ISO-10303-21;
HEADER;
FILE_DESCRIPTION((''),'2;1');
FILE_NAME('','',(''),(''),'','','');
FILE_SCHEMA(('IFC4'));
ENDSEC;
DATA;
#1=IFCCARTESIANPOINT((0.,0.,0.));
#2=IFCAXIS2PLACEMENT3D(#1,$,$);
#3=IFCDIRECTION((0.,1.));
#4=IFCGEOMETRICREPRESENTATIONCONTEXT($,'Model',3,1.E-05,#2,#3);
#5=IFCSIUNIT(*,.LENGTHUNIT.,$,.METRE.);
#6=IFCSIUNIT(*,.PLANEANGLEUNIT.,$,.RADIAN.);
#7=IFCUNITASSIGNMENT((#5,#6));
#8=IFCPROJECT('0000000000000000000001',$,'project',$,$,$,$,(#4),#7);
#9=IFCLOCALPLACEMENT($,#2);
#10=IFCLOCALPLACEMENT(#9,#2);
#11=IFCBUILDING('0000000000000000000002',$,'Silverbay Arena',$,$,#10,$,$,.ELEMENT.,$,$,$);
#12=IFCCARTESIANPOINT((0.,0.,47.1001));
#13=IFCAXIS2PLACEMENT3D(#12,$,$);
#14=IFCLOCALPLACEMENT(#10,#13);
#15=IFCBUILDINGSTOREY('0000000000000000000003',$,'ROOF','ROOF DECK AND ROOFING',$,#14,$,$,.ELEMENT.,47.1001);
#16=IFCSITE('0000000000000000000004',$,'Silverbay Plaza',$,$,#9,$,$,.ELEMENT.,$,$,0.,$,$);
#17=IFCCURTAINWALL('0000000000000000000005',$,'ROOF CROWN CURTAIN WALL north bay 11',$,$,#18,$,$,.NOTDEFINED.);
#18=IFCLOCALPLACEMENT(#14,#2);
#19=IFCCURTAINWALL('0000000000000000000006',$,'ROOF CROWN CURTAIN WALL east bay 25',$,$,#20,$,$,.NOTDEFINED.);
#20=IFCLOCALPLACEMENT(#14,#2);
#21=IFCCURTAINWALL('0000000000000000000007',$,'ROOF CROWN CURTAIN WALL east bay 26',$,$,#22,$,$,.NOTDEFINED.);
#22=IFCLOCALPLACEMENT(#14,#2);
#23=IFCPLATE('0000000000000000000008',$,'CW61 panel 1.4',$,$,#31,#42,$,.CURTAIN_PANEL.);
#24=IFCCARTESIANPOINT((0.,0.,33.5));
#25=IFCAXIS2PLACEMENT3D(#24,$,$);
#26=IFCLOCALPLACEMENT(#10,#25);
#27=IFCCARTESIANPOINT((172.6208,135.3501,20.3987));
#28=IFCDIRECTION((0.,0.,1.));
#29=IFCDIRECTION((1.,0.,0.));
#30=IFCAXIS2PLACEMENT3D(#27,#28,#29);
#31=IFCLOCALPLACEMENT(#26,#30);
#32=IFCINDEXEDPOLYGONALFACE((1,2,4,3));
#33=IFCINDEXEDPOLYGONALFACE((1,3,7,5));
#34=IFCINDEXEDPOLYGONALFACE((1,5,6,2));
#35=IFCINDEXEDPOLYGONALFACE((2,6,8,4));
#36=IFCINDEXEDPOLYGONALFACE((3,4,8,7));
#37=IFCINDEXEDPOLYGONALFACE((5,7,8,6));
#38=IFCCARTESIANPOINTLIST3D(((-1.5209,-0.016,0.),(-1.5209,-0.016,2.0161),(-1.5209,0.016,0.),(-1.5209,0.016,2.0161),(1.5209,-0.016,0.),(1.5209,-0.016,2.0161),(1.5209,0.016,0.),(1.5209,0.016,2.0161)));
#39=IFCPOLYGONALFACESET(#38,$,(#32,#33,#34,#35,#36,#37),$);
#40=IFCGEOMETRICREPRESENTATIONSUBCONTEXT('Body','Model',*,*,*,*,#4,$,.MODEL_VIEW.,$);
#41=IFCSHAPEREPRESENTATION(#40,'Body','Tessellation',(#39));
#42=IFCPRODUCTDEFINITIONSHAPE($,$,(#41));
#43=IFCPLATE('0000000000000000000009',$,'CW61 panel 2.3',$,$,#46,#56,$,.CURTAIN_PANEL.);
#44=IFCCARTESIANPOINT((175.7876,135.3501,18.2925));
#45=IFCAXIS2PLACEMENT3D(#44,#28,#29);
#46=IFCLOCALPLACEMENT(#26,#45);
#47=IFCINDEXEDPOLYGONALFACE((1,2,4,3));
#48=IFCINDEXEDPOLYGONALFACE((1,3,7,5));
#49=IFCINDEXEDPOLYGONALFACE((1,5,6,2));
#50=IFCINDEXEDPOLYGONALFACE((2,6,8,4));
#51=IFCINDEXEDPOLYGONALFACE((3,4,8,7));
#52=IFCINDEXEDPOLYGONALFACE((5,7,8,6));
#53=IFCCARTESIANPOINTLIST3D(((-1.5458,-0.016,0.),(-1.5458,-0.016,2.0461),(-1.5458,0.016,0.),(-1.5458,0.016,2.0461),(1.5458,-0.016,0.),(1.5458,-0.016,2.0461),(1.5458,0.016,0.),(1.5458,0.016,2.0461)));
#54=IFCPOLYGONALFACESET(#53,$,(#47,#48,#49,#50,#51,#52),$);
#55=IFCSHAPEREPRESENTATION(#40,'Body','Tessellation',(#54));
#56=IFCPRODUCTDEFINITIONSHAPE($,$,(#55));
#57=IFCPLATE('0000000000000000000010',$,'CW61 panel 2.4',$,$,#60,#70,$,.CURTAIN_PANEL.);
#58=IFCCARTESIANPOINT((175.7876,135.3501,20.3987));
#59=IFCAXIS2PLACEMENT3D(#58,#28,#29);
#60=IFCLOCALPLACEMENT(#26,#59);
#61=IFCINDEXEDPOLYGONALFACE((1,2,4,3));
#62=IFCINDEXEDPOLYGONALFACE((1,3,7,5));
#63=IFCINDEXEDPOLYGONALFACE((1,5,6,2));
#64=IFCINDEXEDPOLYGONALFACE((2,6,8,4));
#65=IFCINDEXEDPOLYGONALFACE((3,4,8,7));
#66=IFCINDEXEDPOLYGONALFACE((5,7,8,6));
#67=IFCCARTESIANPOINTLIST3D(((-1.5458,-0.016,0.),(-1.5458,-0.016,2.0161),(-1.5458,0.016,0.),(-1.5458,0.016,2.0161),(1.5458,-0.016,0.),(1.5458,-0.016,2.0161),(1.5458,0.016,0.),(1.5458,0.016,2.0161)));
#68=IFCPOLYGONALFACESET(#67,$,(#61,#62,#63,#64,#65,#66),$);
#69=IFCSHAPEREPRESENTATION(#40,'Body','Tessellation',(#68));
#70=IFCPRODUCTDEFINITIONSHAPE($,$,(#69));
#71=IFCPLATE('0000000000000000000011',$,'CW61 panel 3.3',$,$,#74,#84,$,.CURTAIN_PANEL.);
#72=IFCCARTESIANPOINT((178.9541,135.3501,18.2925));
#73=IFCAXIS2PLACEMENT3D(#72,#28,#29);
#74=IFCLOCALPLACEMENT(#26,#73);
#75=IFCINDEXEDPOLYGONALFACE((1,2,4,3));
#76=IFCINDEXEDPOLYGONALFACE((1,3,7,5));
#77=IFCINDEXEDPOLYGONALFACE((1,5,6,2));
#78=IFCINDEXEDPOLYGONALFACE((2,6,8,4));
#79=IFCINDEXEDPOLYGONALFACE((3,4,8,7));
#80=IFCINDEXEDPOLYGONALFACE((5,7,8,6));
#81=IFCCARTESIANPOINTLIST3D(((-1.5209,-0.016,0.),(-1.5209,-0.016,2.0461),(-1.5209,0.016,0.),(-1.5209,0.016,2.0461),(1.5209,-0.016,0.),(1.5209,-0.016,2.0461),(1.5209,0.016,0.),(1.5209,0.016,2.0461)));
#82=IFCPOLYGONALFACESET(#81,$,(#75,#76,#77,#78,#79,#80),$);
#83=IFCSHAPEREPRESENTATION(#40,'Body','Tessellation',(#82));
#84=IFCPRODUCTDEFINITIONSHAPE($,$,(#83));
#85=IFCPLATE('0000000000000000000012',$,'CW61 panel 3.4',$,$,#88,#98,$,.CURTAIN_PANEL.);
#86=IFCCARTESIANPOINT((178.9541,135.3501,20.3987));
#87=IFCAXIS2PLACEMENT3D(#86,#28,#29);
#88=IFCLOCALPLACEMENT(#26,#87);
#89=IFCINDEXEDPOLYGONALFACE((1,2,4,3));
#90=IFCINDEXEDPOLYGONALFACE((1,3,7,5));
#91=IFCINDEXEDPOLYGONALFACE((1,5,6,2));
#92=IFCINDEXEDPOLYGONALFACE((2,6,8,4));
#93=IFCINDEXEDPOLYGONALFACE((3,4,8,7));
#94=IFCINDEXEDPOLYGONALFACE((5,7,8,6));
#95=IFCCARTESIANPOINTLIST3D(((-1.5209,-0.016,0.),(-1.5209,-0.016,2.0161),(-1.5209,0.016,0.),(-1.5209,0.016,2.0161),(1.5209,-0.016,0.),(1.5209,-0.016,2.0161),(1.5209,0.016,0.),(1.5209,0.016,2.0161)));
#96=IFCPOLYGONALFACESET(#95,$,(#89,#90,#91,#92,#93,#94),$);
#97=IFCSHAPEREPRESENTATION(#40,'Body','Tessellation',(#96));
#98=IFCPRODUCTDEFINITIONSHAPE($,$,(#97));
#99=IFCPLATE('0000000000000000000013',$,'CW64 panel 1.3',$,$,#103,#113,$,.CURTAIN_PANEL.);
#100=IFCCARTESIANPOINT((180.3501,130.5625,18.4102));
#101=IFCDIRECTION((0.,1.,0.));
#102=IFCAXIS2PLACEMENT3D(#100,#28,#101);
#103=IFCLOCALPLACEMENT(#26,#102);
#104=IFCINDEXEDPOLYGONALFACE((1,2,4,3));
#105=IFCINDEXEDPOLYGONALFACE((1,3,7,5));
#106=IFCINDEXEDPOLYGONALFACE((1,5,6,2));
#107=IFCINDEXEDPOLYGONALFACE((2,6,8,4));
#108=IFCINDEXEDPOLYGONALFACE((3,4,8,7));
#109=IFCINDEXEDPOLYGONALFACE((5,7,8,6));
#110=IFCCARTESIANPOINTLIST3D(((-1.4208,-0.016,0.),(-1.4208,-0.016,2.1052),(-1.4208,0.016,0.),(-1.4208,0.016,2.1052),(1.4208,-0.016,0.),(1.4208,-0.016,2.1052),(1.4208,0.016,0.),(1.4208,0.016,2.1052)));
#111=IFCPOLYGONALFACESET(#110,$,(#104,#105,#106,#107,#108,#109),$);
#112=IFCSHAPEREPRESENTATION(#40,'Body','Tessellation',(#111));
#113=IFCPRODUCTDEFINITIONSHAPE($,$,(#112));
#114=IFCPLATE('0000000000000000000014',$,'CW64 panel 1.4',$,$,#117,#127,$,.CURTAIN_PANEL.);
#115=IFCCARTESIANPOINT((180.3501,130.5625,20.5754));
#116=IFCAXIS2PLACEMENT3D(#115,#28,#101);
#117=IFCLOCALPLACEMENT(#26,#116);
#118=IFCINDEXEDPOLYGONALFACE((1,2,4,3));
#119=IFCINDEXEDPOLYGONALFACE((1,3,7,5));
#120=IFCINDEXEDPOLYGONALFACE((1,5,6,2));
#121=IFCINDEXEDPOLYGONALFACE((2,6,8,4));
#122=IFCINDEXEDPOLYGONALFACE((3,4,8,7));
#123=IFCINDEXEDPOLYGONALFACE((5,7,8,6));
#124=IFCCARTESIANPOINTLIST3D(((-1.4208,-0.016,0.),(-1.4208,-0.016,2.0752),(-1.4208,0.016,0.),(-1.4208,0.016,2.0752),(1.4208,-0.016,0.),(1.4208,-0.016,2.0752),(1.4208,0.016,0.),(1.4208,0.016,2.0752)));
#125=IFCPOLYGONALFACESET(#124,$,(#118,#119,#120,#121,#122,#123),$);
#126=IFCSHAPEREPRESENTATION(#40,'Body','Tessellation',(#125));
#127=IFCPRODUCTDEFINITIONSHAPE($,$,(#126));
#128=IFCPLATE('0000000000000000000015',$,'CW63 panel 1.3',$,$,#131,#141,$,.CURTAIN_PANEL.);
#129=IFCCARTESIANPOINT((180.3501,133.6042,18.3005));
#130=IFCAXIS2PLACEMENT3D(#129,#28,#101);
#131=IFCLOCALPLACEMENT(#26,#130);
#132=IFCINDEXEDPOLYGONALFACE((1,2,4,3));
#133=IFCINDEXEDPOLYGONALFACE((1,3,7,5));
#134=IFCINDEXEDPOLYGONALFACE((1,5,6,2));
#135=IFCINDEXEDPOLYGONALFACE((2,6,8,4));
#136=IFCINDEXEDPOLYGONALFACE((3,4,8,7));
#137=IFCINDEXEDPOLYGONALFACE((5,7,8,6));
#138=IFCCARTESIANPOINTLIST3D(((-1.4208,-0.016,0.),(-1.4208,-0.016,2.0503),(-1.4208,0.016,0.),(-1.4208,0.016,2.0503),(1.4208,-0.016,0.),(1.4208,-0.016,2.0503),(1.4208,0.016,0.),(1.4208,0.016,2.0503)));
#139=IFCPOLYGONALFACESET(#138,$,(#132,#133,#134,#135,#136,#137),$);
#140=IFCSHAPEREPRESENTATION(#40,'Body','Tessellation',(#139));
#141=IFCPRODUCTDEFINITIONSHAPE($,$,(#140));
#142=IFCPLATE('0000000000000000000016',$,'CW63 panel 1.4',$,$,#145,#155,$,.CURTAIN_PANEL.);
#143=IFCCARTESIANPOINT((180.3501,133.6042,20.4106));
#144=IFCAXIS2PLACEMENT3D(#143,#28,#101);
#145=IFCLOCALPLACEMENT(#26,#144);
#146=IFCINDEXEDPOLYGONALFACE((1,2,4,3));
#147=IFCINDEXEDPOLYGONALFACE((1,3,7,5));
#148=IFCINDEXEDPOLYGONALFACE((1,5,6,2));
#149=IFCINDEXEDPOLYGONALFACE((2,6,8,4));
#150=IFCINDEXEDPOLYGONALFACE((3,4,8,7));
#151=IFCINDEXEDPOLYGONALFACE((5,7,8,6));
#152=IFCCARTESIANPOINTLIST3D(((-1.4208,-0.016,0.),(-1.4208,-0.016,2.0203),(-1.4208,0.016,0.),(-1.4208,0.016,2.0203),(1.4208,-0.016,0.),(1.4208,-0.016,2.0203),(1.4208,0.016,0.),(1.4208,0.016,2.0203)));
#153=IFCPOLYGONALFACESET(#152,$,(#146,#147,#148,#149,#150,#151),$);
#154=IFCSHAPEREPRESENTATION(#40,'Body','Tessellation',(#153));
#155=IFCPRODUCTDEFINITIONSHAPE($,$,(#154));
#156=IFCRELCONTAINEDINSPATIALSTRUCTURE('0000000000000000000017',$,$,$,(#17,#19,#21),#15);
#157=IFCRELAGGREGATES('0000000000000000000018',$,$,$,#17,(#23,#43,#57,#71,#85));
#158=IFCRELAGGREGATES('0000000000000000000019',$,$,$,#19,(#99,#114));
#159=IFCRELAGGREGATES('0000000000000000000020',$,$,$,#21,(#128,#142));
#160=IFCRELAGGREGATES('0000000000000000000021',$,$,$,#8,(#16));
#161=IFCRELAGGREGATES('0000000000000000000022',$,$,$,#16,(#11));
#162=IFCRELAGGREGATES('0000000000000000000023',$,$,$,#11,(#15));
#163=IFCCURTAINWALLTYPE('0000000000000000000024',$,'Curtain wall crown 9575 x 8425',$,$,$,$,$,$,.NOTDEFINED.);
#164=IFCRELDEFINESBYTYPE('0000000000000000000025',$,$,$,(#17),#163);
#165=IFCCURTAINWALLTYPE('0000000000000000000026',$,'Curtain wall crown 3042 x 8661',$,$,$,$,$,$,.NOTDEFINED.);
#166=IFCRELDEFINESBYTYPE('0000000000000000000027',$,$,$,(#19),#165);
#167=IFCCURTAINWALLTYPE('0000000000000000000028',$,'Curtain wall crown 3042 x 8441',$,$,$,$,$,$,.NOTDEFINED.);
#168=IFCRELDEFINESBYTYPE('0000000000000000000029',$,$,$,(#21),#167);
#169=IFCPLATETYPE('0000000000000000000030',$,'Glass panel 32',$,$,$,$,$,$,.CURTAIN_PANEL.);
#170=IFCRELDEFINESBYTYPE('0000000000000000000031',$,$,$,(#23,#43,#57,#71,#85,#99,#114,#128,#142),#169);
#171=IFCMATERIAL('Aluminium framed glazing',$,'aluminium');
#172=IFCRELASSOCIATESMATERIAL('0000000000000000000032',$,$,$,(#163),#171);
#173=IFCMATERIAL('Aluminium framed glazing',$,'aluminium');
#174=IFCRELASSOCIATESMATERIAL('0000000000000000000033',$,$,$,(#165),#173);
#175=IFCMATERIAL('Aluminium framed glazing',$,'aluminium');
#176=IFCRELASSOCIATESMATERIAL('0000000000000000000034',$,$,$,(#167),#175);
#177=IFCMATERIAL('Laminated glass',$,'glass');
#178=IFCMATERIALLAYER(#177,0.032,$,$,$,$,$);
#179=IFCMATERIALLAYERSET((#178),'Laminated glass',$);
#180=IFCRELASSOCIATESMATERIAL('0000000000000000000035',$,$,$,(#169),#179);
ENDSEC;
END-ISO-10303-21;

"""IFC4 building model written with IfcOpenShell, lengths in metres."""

from ifc_helpers import new_model, si_unit, direction, frame, origin, origin_2d, place, context, subcontext, project, spatial, rectangle, extrude, material, layer, layer_set, type_object, element, aggregate, save


model = new_model("IFC4")

# Units and contexts
model_context = context("Model", 3, precision=1e-05, world=origin(), true_north=direction((0.0, 1.0)))
body_context = subcontext(model_context, "Body", "Model", "MODEL_VIEW")
ifc_project = project(units=[si_unit("LENGTHUNIT", "METRE"), si_unit("PLANEANGLEUNIT", "RADIAN")], contexts=[model_context])

# Site, building, storey
site_placement = place(None, origin())
site = spatial("IfcSite", under=ifc_project, at=site_placement, Name="Silverbay Plaza", CompositionType="ELEMENT", RefElevation=0.0)
building_placement = place(site_placement, origin())
building = spatial("IfcBuilding", under=site, at=building_placement, Name="Silverbay Arena", CompositionType="ELEMENT")
storey_placement = place(building_placement, frame((0.0, 0.0, 47.1001)))
storey = spatial("IfcBuildingStorey", under=building, at=storey_placement, Name="ROOF", Description="ROOF DECK AND ROOFING", CompositionType="ELEMENT", Elevation=47.1001)

# Curtain walls
ifc_material_1 = material(Name="Aluminium framed glazing", Category="aluminium")
curtain_wall_type_1 = type_object("IfcCurtainWallType", Name="Curtain wall crown 9575 x 8425", PredefinedType="NOTDEFINED", material=ifc_material_1)
curtain_wall_1_placement = place(storey_placement, origin())
curtain_wall_1 = element("IfcCurtainWall", 1, at=curtain_wall_1_placement, inside=storey, type_object=curtain_wall_type_1, Name="ROOF CROWN CURTAIN WALL north bay 11", PredefinedType="NOTDEFINED")
placement = place(building_placement, frame((0.0, 0.0, 33.5)))
ifc_material_2 = material(Name="Aluminium framed glazing", Category="aluminium")
curtain_wall_type_2 = type_object("IfcCurtainWallType", Name="Curtain wall crown 3042 x 8661", PredefinedType="NOTDEFINED", material=ifc_material_2)
curtain_wall_2_placement = place(storey_placement, origin())
curtain_wall_2 = element("IfcCurtainWall", 2, at=curtain_wall_2_placement, inside=storey, type_object=curtain_wall_type_2, Name="ROOF CROWN CURTAIN WALL east bay 25", PredefinedType="NOTDEFINED")
ifc_material_3 = material(Name="Aluminium framed glazing", Category="aluminium")
curtain_wall_type_3 = type_object("IfcCurtainWallType", Name="Curtain wall crown 3042 x 8441", PredefinedType="NOTDEFINED", material=ifc_material_3)
curtain_wall_3_placement = place(storey_placement, origin())
curtain_wall_3 = element("IfcCurtainWall", 3, at=curtain_wall_3_placement, inside=storey, type_object=curtain_wall_type_3, Name="ROOF CROWN CURTAIN WALL east bay 26", PredefinedType="NOTDEFINED")

# Plates
ifc_material_4 = material(Name="Laminated glass", Category="glass")
ifc_layer_1 = layer(ifc_material_4, 0.032)
ifc_layer_set_1 = layer_set([ifc_layer_1], Name="Laminated glass")
plate_type = type_object("IfcPlateType", Name="Glass panel 32", PredefinedType="CURTAIN_PANEL", material=ifc_layer_set_1)
plate_1_placement = place(placement, frame((172.6208, 135.3501, 20.3987), z_axis=(0.0, 0.0, 1.0), x_axis=(1.0, 0.0, 0.0)))
plate_1 = element("IfcPlate", 4, at=plate_1_placement, type_object=plate_type, Name="CW61 panel 1.4", PredefinedType="CURTAIN_PANEL", context=body_context, shape_type="SweptSolid", body=[
    extrude(rectangle(XDim=3.0417, YDim=0.032, at=origin_2d()), origin(), (0.0, 0.0, 1.0), 2.0161),
])
plate_2_placement = place(placement, frame((175.7876, 135.3501, 18.2925), z_axis=(0.0, 0.0, 1.0), x_axis=(1.0, 0.0, 0.0)))
plate_2 = element("IfcPlate", 5, at=plate_2_placement, type_object=plate_type, Name="CW61 panel 2.3", PredefinedType="CURTAIN_PANEL", context=body_context, shape_type="SweptSolid", body=[
    extrude(rectangle(XDim=3.0916, YDim=0.032, at=origin_2d()), origin(), (0.0, 0.0, 1.0), 2.0461),
])
plate_3_placement = place(placement, frame((175.7876, 135.3501, 20.3987), z_axis=(0.0, 0.0, 1.0), x_axis=(1.0, 0.0, 0.0)))
plate_3 = element("IfcPlate", 6, at=plate_3_placement, type_object=plate_type, Name="CW61 panel 2.4", PredefinedType="CURTAIN_PANEL", context=body_context, shape_type="SweptSolid", body=[
    extrude(rectangle(XDim=3.0916, YDim=0.032, at=origin_2d()), origin(), (0.0, 0.0, 1.0), 2.0161),
])
plate_4_placement = place(placement, frame((178.9541, 135.3501, 18.2925), z_axis=(0.0, 0.0, 1.0), x_axis=(1.0, 0.0, 0.0)))
plate_4 = element("IfcPlate", 7, at=plate_4_placement, type_object=plate_type, Name="CW61 panel 3.3", PredefinedType="CURTAIN_PANEL", context=body_context, shape_type="SweptSolid", body=[
    extrude(rectangle(XDim=3.0417, YDim=0.032, at=origin_2d()), origin(), (0.0, 0.0, 1.0), 2.0461),
])
plate_5_placement = place(placement, frame((178.9541, 135.3501, 20.3987), z_axis=(0.0, 0.0, 1.0), x_axis=(1.0, 0.0, 0.0)))
plate_5 = element("IfcPlate", 8, at=plate_5_placement, type_object=plate_type, Name="CW61 panel 3.4", PredefinedType="CURTAIN_PANEL", context=body_context, shape_type="SweptSolid", body=[
    extrude(rectangle(XDim=3.0417, YDim=0.032, at=origin_2d()), origin(), (0.0, 0.0, 1.0), 2.0161),
])
aggregate(curtain_wall_1, [plate_1, plate_2, plate_3, plate_4, plate_5])
plate_6_placement = place(placement, frame((180.3501, 130.5625, 18.4102), z_axis=(0.0, 0.0, 1.0), x_axis=(0.0, 1.0, 0.0)))
plate_6 = element("IfcPlate", 9, at=plate_6_placement, type_object=plate_type, Name="CW64 panel 1.3", PredefinedType="CURTAIN_PANEL", context=body_context, shape_type="SweptSolid", body=[
    extrude(rectangle(XDim=2.8416, YDim=0.032, at=origin_2d()), origin(), (0.0, 0.0, 1.0), 2.1052),
])
plate_7_placement = place(placement, frame((180.3501, 130.5625, 20.5754), z_axis=(0.0, 0.0, 1.0), x_axis=(0.0, 1.0, 0.0)))
plate_7 = element("IfcPlate", 10, at=plate_7_placement, type_object=plate_type, Name="CW64 panel 1.4", PredefinedType="CURTAIN_PANEL", context=body_context, shape_type="SweptSolid", body=[
    extrude(rectangle(XDim=2.8416, YDim=0.032, at=origin_2d()), origin(), (0.0, 0.0, 1.0), 2.0752),
])
aggregate(curtain_wall_2, [plate_6, plate_7])
plate_8_placement = place(placement, frame((180.3501, 133.6042, 18.3005), z_axis=(0.0, 0.0, 1.0), x_axis=(0.0, 1.0, 0.0)))
plate_8 = element("IfcPlate", 11, at=plate_8_placement, type_object=plate_type, Name="CW63 panel 1.3", PredefinedType="CURTAIN_PANEL", context=body_context, shape_type="SweptSolid", body=[
    extrude(rectangle(XDim=2.8416, YDim=0.032, at=origin_2d()), origin(), (0.0, 0.0, 1.0), 2.0503),
])
plate_9_placement = place(placement, frame((180.3501, 133.6042, 20.4106), z_axis=(0.0, 0.0, 1.0), x_axis=(0.0, 1.0, 0.0)))
plate_9 = element("IfcPlate", 12, at=plate_9_placement, type_object=plate_type, Name="CW63 panel 1.4", PredefinedType="CURTAIN_PANEL", context=body_context, shape_type="SweptSolid", body=[
    extrude(rectangle(XDim=2.8416, YDim=0.032, at=origin_2d()), origin(), (0.0, 0.0, 1.0), 2.0203),
])
aggregate(curtain_wall_3, [plate_8, plate_9])

save(model, "model.ifc")
